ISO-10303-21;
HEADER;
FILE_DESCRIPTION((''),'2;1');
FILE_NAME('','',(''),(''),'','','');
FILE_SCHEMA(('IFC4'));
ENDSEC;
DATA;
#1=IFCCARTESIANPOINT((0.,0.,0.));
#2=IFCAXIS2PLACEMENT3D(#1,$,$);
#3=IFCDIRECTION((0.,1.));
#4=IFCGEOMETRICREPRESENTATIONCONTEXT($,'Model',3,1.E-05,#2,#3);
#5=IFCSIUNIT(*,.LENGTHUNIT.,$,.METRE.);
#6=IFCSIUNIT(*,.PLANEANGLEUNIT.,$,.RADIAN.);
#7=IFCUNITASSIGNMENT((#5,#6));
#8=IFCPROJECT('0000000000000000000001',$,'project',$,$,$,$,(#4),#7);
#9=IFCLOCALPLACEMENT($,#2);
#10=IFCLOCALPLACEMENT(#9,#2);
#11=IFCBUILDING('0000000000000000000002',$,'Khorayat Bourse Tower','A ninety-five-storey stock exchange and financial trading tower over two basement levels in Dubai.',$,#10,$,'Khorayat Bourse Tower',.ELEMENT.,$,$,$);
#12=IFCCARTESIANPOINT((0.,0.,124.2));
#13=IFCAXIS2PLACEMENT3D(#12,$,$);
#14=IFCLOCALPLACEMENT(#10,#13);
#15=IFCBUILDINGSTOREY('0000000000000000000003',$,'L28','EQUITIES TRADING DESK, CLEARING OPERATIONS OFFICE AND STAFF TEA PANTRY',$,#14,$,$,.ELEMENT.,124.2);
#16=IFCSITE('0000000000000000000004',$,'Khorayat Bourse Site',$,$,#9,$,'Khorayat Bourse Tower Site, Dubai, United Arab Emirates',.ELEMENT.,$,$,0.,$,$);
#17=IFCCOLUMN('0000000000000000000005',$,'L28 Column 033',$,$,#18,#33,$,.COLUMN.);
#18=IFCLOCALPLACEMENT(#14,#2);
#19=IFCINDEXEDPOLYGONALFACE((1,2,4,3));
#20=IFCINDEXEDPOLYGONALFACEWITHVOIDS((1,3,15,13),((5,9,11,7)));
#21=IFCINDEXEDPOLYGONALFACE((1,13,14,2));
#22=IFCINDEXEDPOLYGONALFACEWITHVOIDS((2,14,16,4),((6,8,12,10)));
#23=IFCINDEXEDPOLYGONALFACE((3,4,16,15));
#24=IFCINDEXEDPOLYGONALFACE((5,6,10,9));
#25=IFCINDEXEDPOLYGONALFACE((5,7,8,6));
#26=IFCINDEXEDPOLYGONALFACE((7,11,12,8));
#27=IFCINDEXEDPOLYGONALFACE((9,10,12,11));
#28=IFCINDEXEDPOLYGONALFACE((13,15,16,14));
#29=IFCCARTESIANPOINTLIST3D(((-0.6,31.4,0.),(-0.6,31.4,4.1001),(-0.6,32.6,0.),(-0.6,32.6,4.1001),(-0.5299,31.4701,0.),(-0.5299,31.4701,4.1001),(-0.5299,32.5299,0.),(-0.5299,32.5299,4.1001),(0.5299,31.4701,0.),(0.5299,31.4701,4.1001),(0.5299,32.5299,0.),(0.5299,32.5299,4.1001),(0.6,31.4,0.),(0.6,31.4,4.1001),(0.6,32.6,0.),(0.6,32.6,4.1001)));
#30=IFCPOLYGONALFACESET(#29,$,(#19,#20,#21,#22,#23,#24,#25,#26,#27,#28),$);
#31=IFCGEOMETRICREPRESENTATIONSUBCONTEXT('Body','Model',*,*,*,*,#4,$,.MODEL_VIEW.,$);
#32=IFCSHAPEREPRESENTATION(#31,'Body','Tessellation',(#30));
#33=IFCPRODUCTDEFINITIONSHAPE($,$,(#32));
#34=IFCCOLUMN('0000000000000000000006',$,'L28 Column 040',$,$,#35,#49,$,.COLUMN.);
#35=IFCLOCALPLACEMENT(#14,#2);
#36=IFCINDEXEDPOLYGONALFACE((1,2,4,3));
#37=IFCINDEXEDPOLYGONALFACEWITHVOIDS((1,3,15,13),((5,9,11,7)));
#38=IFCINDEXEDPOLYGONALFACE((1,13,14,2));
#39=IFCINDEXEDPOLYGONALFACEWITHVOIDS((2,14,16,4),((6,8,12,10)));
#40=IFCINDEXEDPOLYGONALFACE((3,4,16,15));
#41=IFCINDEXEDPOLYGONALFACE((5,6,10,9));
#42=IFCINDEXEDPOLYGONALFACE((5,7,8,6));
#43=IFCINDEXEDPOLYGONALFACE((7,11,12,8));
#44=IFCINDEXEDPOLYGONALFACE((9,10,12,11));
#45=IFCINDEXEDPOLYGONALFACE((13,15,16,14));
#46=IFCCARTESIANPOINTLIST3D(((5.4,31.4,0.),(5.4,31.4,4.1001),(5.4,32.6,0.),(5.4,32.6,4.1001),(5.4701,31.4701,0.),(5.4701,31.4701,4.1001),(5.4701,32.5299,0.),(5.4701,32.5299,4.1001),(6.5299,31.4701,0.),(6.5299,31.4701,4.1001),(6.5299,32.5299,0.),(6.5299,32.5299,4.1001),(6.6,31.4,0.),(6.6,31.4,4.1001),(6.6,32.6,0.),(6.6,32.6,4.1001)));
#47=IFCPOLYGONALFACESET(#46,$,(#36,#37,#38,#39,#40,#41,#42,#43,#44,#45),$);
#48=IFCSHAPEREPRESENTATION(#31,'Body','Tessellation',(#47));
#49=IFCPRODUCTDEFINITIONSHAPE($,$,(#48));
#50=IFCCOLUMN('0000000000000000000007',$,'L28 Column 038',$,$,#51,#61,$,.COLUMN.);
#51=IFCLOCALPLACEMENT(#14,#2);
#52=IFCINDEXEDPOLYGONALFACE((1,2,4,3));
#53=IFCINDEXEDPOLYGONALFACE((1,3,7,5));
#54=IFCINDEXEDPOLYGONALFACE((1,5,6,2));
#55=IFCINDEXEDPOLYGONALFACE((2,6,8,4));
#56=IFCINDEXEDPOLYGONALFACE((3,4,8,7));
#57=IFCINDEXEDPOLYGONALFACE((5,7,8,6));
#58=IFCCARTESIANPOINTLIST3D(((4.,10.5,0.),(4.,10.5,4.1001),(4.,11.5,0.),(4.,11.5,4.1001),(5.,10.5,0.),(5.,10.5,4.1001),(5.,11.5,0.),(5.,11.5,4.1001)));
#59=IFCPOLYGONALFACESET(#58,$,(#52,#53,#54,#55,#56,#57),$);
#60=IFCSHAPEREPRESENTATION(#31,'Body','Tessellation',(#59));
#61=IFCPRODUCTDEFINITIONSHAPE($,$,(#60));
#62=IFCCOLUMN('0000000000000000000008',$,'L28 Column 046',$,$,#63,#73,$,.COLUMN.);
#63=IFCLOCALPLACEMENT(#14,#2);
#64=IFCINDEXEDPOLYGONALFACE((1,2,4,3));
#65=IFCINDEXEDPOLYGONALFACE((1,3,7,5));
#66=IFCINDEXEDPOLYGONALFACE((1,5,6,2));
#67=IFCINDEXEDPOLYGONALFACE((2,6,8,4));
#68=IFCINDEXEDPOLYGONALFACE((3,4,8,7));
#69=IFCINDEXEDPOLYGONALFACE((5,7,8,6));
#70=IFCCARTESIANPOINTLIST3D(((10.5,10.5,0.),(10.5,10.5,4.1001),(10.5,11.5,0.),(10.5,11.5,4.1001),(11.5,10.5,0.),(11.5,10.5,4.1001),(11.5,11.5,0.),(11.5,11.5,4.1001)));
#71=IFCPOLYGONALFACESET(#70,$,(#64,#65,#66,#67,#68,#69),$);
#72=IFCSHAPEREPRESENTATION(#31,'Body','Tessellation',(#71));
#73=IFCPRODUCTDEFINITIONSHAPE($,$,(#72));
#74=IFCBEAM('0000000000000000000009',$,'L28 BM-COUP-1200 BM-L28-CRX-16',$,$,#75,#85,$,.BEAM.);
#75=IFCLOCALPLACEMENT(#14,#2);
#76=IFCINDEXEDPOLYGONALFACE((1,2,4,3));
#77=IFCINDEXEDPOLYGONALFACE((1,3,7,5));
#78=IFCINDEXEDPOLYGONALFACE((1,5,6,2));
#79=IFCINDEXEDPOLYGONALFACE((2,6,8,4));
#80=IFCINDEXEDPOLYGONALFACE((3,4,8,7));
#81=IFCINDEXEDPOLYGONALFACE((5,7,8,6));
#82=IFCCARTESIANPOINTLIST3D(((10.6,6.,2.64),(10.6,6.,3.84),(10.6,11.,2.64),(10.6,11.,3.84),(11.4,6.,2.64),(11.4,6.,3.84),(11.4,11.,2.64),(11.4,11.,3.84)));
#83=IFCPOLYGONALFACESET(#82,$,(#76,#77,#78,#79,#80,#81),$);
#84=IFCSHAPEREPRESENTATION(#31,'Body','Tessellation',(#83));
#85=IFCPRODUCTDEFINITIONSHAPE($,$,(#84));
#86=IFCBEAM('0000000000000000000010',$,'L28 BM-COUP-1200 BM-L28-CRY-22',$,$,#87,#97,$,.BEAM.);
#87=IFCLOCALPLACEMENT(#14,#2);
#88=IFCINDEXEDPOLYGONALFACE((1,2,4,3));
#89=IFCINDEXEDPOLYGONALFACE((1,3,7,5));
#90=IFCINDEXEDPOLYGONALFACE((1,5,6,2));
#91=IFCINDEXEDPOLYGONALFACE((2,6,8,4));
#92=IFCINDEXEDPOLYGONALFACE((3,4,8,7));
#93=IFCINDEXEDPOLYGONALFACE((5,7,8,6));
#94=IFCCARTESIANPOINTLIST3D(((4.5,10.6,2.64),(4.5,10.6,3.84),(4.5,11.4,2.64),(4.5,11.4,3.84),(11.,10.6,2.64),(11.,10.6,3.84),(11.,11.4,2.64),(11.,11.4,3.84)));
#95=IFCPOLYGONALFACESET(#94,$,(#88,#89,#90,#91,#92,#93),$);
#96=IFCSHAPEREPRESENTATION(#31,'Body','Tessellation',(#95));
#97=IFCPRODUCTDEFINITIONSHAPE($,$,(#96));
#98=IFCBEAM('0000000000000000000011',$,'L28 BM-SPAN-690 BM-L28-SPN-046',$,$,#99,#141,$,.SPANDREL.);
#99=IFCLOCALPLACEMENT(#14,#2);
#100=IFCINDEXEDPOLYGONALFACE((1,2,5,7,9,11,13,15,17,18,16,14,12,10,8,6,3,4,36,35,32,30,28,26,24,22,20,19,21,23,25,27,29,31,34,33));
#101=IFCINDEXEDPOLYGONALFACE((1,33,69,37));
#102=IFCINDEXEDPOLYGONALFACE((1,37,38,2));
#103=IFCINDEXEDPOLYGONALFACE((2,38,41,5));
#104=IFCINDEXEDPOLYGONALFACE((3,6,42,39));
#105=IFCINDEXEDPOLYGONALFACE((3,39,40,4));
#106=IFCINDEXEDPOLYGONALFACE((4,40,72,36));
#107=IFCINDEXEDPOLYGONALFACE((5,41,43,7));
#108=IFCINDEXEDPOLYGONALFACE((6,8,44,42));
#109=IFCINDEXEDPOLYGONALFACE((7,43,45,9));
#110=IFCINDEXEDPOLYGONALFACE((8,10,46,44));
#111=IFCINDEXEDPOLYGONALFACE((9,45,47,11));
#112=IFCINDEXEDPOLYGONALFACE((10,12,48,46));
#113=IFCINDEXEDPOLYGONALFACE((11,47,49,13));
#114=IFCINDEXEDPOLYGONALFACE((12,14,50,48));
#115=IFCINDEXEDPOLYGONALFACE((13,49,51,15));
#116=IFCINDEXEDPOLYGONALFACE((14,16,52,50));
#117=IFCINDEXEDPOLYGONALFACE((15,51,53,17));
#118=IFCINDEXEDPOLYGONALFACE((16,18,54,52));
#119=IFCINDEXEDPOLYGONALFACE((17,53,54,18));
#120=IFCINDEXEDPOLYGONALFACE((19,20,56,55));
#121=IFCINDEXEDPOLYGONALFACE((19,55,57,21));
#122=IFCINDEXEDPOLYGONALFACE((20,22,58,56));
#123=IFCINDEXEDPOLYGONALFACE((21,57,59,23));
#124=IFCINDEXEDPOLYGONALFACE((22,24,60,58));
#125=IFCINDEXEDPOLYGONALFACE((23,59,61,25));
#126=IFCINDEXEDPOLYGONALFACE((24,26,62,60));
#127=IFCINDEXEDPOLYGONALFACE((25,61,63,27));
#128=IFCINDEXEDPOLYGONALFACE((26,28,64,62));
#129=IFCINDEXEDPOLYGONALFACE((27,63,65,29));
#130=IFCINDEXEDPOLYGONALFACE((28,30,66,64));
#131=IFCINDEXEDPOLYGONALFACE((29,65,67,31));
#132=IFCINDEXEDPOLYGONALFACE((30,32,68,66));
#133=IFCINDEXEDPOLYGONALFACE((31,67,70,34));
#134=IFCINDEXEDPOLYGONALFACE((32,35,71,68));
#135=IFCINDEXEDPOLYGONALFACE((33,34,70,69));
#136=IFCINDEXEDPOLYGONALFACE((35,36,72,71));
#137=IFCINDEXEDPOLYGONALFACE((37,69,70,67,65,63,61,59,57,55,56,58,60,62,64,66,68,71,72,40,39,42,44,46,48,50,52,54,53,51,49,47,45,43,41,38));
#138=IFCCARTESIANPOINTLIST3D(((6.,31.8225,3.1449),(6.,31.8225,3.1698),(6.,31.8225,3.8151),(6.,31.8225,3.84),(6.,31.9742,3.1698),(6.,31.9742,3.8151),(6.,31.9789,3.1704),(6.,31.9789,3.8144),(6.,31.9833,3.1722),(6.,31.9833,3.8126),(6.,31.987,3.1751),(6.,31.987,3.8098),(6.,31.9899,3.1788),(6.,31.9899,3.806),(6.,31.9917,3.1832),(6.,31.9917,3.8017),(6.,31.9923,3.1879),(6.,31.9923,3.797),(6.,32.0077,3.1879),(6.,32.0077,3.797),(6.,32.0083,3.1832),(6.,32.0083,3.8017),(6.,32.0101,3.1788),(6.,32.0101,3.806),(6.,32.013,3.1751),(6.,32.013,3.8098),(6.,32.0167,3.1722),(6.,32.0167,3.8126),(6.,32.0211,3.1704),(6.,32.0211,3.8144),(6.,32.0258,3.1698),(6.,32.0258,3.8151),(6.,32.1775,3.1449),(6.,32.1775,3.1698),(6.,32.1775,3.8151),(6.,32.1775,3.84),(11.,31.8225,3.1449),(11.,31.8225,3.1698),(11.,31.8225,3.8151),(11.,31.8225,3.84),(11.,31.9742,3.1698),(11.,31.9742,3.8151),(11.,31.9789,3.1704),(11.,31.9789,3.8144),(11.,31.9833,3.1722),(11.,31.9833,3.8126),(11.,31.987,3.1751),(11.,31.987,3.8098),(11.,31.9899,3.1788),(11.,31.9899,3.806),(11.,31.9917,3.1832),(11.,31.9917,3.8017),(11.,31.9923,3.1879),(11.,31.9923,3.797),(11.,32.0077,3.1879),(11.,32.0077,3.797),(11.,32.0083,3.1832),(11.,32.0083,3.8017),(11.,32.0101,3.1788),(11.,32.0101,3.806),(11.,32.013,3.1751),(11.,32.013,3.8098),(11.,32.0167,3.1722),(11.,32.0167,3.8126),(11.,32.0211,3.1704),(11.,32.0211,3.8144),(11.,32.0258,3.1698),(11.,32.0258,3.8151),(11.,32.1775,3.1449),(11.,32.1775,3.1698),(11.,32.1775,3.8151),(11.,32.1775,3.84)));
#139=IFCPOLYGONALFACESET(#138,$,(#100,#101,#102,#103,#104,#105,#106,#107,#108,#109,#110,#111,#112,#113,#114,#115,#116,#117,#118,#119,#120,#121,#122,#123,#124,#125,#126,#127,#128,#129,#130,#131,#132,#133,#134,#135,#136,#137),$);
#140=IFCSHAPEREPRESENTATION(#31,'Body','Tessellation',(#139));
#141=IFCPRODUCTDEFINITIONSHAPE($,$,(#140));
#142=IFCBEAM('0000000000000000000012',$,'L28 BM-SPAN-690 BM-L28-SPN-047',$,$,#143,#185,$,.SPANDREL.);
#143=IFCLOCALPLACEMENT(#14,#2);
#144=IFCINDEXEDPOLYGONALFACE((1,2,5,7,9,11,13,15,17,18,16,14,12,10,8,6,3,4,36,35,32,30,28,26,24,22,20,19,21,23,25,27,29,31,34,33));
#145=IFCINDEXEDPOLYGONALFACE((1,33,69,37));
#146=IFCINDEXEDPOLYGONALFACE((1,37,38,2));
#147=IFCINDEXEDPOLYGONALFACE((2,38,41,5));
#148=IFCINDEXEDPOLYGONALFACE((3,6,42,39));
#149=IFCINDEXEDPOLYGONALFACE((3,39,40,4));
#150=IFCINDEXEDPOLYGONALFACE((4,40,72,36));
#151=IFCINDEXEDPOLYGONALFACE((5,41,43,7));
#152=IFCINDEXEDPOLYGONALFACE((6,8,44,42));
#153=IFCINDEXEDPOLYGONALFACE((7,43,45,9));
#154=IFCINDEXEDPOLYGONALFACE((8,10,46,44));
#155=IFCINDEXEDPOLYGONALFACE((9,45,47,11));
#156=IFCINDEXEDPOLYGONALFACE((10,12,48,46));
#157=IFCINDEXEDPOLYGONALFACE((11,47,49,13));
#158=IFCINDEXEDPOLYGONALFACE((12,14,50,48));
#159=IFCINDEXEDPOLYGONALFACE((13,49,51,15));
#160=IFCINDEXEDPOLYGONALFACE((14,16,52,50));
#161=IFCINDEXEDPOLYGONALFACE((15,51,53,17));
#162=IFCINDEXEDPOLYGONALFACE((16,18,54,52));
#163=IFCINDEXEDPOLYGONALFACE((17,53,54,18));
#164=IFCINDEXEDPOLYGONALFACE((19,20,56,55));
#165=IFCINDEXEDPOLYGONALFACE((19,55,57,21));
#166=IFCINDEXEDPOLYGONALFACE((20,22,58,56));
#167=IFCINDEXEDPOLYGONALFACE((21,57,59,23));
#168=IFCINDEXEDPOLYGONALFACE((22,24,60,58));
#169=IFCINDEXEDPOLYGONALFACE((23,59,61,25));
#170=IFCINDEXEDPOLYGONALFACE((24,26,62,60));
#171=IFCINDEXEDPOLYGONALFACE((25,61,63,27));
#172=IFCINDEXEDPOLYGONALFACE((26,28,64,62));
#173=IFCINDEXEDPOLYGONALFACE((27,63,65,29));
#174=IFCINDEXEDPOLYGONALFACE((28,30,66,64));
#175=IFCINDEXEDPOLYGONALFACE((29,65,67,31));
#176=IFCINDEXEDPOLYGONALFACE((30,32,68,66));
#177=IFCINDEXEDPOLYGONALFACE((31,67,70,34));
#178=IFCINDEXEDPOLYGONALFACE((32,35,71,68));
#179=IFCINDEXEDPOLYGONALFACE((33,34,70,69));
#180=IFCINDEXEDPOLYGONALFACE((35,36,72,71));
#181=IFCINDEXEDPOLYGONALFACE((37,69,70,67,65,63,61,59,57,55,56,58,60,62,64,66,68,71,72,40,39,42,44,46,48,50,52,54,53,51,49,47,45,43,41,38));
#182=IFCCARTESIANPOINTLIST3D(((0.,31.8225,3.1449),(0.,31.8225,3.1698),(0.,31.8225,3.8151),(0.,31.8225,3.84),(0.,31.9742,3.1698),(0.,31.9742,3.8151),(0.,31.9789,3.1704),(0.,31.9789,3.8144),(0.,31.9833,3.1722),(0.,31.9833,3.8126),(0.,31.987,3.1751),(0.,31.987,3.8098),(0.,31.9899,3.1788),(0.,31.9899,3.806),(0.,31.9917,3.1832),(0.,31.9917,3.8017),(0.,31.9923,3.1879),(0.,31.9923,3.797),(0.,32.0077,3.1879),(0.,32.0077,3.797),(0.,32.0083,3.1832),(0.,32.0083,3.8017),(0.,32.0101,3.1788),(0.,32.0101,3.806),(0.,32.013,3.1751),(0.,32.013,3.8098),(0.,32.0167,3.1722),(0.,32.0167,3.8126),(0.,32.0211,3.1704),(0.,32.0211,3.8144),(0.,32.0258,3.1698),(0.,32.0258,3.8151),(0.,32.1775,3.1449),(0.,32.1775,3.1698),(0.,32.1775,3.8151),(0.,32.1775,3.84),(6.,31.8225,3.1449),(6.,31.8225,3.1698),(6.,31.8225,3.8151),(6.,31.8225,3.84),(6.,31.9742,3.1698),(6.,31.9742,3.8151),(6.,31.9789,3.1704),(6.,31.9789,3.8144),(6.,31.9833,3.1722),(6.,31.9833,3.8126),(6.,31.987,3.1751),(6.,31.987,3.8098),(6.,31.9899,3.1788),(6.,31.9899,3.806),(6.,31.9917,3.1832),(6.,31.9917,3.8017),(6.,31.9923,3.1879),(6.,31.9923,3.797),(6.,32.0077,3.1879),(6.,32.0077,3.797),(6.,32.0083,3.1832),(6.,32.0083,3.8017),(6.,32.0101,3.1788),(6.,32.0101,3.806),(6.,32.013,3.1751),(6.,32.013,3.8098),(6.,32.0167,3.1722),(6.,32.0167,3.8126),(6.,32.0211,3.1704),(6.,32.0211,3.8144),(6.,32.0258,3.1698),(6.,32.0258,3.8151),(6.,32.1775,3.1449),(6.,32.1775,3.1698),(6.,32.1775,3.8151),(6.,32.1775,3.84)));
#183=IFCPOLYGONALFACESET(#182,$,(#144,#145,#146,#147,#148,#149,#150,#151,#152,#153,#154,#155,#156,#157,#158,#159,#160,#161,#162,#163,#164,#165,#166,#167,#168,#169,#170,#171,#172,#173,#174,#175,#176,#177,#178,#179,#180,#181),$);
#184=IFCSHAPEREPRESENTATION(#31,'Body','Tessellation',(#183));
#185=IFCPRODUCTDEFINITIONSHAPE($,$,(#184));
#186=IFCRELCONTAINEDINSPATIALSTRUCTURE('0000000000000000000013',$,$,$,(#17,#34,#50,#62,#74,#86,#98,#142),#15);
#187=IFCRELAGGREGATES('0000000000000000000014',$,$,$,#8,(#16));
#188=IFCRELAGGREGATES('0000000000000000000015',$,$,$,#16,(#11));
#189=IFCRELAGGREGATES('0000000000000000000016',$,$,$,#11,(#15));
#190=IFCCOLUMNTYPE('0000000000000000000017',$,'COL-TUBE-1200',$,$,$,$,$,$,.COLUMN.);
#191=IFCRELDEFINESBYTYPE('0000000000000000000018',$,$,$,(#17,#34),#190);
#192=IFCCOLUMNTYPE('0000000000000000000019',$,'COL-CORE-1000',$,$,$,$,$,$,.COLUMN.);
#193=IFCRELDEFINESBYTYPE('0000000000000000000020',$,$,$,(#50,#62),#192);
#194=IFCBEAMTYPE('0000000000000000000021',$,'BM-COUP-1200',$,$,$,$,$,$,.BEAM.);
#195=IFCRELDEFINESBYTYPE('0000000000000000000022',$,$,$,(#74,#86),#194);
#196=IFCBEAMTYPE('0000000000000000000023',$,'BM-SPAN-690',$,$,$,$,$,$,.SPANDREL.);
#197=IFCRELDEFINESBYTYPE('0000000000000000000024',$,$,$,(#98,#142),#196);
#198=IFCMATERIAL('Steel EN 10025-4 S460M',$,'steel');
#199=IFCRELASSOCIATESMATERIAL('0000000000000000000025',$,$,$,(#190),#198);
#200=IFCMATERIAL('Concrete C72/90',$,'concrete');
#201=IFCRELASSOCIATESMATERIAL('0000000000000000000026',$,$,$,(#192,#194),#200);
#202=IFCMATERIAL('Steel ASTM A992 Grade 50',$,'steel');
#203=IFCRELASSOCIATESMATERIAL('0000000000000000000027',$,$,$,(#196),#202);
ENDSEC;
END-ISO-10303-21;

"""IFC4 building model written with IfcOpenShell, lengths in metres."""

from ifc_helpers import new_model, si_unit, direction, frame, origin, origin_2d, place, context, subcontext, project, spatial, rectangle, hollow_rectangle, i_section, extrude, source, transform, mapped, material, material_profile, profile_set, type_object, element, save


model = new_model("IFC4")

# Units and contexts
model_context = context("Model", 3, precision=1e-05, world=origin(), true_north=direction((0.0, 1.0)))
body_context = subcontext(model_context, "Body", "Model", "MODEL_VIEW")
ifc_project = project(units=[si_unit("LENGTHUNIT", "METRE"), si_unit("PLANEANGLEUNIT", "RADIAN")], contexts=[model_context])

# Site, building, storey
site_placement = place(None, origin())
site = spatial("IfcSite", under=ifc_project, at=site_placement, Name="Khorayat Bourse Site", LongName="Khorayat Bourse Tower Site, Dubai, United Arab Emirates", CompositionType="ELEMENT", RefElevation=0.0)
building_placement = place(site_placement, origin())
building = spatial("IfcBuilding", under=site, at=building_placement, Name="Khorayat Bourse Tower", Description="A ninety-five-storey stock exchange and financial trading tower over two basement levels in Dubai.", LongName="Khorayat Bourse Tower", CompositionType="ELEMENT")
storey_placement = place(building_placement, frame((0.0, 0.0, 124.2)))
storey = spatial("IfcBuildingStorey", under=building, at=storey_placement, Name="L28", Description="EQUITIES TRADING DESK, CLEARING OPERATIONS OFFICE AND STAFF TEA PANTRY", CompositionType="ELEMENT", Elevation=124.2)

# Columns
ifc_material_1 = material(Name="Steel EN 10025-4 S460M", Category="steel")
ifc_material_profile_1 = material_profile(ifc_material_1, hollow_rectangle(XDim=1.2, YDim=1.2, WallThickness=0.0701, at=origin_2d()), Name="BOX 1200x1200x70")
ifc_profile_set_1 = profile_set([ifc_material_profile_1], Name="Steel EN 10025-4 S460M")
column_type_1 = type_object("IfcColumnType", Name="COL-TUBE-1200", PredefinedType="COLUMN", material=ifc_profile_set_1)
shared_shape_1 = source(origin(), body_context, "Body", "SweptSolid", [
    extrude(hollow_rectangle(XDim=1.2, YDim=1.2, WallThickness=0.0701, at=origin_2d()), origin(), (0.0, 0.0, 1.0), 4.1001),
])
for number, where, z_axis, x_axis, name in (
    (1, (0.0, 32.0, 0.0), (0.0, 0.0, 1.0), (1.0, 0.0, 0.0), "L28 Column 033"),
    (2, (6.0, 32.0, 0.0), (0.0, 0.0, 1.0), (1.0, 0.0, 0.0), "L28 Column 040"),
):
    element("IfcColumn", number, at=place(storey_placement, frame(where, z_axis=z_axis, x_axis=x_axis)), inside=storey, type_object=column_type_1, Name=name, PredefinedType="COLUMN", context=body_context, shape_type="MappedRepresentation", body=[
        mapped(shared_shape_1, transform((0.0, 0.0, 0.0), scale=1.0)),
    ])
ifc_material_2 = material(Name="Concrete C72/90", Category="concrete")
ifc_material_profile_2 = material_profile(ifc_material_2, rectangle(XDim=1.0, YDim=1.0, at=origin_2d()), Name="RC 1000x1000")
ifc_profile_set_2 = profile_set([ifc_material_profile_2], Name="Concrete C72/90")
column_type_2 = type_object("IfcColumnType", Name="COL-CORE-1000", PredefinedType="COLUMN", material=ifc_profile_set_2)
shared_shape_2 = source(origin(), body_context, "Body", "SweptSolid", [
    extrude(rectangle(XDim=1.0, YDim=1.0, at=origin_2d()), origin(), (0.0, 0.0, 1.0), 4.1001),
])
for number, where, z_axis, x_axis, name in (
    (3, (4.5, 11.0, 0.0), (0.0, 0.0, 1.0), (1.0, 0.0, 0.0), "L28 Column 038"),
    (4, (11.0, 11.0, 0.0), (0.0, 0.0, 1.0), (1.0, 0.0, 0.0), "L28 Column 046"),
):
    element("IfcColumn", number, at=place(storey_placement, frame(where, z_axis=z_axis, x_axis=x_axis)), inside=storey, type_object=column_type_2, Name=name, PredefinedType="COLUMN", context=body_context, shape_type="MappedRepresentation", body=[
        mapped(shared_shape_2, transform((0.0, 0.0, 0.0), scale=1.0)),
    ])

# Beams
ifc_material_profile_3 = material_profile(ifc_material_2, rectangle(XDim=0.8, YDim=1.2, at=origin_2d()), Name="RC 800x1200")
ifc_profile_set_3 = profile_set([ifc_material_profile_3], Name="Concrete C72/90")
beam_type_1 = type_object("IfcBeamType", Name="BM-COUP-1200", PredefinedType="BEAM", material=ifc_profile_set_3)
shared_shape_3 = source(origin(), body_context, "Body", "SweptSolid", [
    extrude(rectangle(XDim=0.8, YDim=1.2, at=origin_2d()), origin(), (0.0, 0.0, 1.0), 5.0),
])
beam_1_placement = place(storey_placement, frame((11.0, 6.0, 3.24), z_axis=(0.0, 1.0, 0.0), x_axis=(-1.0, 0.0, 0.0)))
element("IfcBeam", 5, at=beam_1_placement, inside=storey, type_object=beam_type_1, Name="L28 BM-COUP-1200 BM-L28-CRX-16", PredefinedType="BEAM", context=body_context, shape_type="MappedRepresentation", body=[
    mapped(shared_shape_3, transform((0.0, 0.0, 0.0), scale=1.0)),
])
shared_shape_4 = source(origin(), body_context, "Body", "SweptSolid", [
    extrude(rectangle(XDim=0.8, YDim=1.2, at=origin_2d()), origin(), (0.0, 0.0, 1.0), 6.5),
])
beam_2_placement = place(storey_placement, frame((4.5, 11.0, 3.24), z_axis=(1.0, 0.0, 0.0), x_axis=(0.0, 1.0, 0.0)))
element("IfcBeam", 6, at=beam_2_placement, inside=storey, type_object=beam_type_1, Name="L28 BM-COUP-1200 BM-L28-CRY-22", PredefinedType="BEAM", context=body_context, shape_type="MappedRepresentation", body=[
    mapped(shared_shape_4, transform((0.0, 0.0, 0.0), scale=1.0)),
])
ifc_material_3 = material(Name="Steel ASTM A992 Grade 50", Category="steel")
ifc_material_profile_4 = material_profile(ifc_material_3, i_section(OverallWidth=0.355, OverallDepth=0.6951, WebThickness=0.0154, FlangeThickness=0.0249, FilletRadius=0.0181, at=origin_2d()), Name="W690X217")
ifc_profile_set_4 = profile_set([ifc_material_profile_4], Name="Steel ASTM A992 Grade 50")
beam_type_2 = type_object("IfcBeamType", Name="BM-SPAN-690", PredefinedType="SPANDREL", material=ifc_profile_set_4)
shared_shape_5 = source(origin(), body_context, "Body", "SweptSolid", [
    extrude(i_section(OverallWidth=0.355, OverallDepth=0.6951, WebThickness=0.0154, FlangeThickness=0.0249, FilletRadius=0.0181, at=origin_2d()), origin(), (0.0, 0.0, 1.0), 5.0),
])
beam_3_placement = place(storey_placement, frame((6.0, 32.0, 3.4924), z_axis=(1.0, 0.0, 0.0), x_axis=(0.0, 1.0, 0.0)))
element("IfcBeam", 7, at=beam_3_placement, inside=storey, type_object=beam_type_2, Name="L28 BM-SPAN-690 BM-L28-SPN-046", PredefinedType="SPANDREL", context=body_context, shape_type="MappedRepresentation", body=[
    mapped(shared_shape_5, transform((0.0, 0.0, 0.0), scale=1.0)),
])
shared_shape_6 = source(origin(), body_context, "Body", "SweptSolid", [
    extrude(i_section(OverallWidth=0.355, OverallDepth=0.6951, WebThickness=0.0154, FlangeThickness=0.0249, FilletRadius=0.0181, at=origin_2d()), origin(), (0.0, 0.0, 1.0), 6.0),
])
beam_4_placement = place(storey_placement, frame((0.0, 32.0, 3.4924), z_axis=(1.0, 0.0, 0.0), x_axis=(0.0, 1.0, 0.0)))
element("IfcBeam", 8, at=beam_4_placement, inside=storey, type_object=beam_type_2, Name="L28 BM-SPAN-690 BM-L28-SPN-047", PredefinedType="SPANDREL", context=body_context, shape_type="MappedRepresentation", body=[
    mapped(shared_shape_6, transform((0.0, 0.0, 0.0), scale=1.0)),
])

save(model, "model.ifc")
